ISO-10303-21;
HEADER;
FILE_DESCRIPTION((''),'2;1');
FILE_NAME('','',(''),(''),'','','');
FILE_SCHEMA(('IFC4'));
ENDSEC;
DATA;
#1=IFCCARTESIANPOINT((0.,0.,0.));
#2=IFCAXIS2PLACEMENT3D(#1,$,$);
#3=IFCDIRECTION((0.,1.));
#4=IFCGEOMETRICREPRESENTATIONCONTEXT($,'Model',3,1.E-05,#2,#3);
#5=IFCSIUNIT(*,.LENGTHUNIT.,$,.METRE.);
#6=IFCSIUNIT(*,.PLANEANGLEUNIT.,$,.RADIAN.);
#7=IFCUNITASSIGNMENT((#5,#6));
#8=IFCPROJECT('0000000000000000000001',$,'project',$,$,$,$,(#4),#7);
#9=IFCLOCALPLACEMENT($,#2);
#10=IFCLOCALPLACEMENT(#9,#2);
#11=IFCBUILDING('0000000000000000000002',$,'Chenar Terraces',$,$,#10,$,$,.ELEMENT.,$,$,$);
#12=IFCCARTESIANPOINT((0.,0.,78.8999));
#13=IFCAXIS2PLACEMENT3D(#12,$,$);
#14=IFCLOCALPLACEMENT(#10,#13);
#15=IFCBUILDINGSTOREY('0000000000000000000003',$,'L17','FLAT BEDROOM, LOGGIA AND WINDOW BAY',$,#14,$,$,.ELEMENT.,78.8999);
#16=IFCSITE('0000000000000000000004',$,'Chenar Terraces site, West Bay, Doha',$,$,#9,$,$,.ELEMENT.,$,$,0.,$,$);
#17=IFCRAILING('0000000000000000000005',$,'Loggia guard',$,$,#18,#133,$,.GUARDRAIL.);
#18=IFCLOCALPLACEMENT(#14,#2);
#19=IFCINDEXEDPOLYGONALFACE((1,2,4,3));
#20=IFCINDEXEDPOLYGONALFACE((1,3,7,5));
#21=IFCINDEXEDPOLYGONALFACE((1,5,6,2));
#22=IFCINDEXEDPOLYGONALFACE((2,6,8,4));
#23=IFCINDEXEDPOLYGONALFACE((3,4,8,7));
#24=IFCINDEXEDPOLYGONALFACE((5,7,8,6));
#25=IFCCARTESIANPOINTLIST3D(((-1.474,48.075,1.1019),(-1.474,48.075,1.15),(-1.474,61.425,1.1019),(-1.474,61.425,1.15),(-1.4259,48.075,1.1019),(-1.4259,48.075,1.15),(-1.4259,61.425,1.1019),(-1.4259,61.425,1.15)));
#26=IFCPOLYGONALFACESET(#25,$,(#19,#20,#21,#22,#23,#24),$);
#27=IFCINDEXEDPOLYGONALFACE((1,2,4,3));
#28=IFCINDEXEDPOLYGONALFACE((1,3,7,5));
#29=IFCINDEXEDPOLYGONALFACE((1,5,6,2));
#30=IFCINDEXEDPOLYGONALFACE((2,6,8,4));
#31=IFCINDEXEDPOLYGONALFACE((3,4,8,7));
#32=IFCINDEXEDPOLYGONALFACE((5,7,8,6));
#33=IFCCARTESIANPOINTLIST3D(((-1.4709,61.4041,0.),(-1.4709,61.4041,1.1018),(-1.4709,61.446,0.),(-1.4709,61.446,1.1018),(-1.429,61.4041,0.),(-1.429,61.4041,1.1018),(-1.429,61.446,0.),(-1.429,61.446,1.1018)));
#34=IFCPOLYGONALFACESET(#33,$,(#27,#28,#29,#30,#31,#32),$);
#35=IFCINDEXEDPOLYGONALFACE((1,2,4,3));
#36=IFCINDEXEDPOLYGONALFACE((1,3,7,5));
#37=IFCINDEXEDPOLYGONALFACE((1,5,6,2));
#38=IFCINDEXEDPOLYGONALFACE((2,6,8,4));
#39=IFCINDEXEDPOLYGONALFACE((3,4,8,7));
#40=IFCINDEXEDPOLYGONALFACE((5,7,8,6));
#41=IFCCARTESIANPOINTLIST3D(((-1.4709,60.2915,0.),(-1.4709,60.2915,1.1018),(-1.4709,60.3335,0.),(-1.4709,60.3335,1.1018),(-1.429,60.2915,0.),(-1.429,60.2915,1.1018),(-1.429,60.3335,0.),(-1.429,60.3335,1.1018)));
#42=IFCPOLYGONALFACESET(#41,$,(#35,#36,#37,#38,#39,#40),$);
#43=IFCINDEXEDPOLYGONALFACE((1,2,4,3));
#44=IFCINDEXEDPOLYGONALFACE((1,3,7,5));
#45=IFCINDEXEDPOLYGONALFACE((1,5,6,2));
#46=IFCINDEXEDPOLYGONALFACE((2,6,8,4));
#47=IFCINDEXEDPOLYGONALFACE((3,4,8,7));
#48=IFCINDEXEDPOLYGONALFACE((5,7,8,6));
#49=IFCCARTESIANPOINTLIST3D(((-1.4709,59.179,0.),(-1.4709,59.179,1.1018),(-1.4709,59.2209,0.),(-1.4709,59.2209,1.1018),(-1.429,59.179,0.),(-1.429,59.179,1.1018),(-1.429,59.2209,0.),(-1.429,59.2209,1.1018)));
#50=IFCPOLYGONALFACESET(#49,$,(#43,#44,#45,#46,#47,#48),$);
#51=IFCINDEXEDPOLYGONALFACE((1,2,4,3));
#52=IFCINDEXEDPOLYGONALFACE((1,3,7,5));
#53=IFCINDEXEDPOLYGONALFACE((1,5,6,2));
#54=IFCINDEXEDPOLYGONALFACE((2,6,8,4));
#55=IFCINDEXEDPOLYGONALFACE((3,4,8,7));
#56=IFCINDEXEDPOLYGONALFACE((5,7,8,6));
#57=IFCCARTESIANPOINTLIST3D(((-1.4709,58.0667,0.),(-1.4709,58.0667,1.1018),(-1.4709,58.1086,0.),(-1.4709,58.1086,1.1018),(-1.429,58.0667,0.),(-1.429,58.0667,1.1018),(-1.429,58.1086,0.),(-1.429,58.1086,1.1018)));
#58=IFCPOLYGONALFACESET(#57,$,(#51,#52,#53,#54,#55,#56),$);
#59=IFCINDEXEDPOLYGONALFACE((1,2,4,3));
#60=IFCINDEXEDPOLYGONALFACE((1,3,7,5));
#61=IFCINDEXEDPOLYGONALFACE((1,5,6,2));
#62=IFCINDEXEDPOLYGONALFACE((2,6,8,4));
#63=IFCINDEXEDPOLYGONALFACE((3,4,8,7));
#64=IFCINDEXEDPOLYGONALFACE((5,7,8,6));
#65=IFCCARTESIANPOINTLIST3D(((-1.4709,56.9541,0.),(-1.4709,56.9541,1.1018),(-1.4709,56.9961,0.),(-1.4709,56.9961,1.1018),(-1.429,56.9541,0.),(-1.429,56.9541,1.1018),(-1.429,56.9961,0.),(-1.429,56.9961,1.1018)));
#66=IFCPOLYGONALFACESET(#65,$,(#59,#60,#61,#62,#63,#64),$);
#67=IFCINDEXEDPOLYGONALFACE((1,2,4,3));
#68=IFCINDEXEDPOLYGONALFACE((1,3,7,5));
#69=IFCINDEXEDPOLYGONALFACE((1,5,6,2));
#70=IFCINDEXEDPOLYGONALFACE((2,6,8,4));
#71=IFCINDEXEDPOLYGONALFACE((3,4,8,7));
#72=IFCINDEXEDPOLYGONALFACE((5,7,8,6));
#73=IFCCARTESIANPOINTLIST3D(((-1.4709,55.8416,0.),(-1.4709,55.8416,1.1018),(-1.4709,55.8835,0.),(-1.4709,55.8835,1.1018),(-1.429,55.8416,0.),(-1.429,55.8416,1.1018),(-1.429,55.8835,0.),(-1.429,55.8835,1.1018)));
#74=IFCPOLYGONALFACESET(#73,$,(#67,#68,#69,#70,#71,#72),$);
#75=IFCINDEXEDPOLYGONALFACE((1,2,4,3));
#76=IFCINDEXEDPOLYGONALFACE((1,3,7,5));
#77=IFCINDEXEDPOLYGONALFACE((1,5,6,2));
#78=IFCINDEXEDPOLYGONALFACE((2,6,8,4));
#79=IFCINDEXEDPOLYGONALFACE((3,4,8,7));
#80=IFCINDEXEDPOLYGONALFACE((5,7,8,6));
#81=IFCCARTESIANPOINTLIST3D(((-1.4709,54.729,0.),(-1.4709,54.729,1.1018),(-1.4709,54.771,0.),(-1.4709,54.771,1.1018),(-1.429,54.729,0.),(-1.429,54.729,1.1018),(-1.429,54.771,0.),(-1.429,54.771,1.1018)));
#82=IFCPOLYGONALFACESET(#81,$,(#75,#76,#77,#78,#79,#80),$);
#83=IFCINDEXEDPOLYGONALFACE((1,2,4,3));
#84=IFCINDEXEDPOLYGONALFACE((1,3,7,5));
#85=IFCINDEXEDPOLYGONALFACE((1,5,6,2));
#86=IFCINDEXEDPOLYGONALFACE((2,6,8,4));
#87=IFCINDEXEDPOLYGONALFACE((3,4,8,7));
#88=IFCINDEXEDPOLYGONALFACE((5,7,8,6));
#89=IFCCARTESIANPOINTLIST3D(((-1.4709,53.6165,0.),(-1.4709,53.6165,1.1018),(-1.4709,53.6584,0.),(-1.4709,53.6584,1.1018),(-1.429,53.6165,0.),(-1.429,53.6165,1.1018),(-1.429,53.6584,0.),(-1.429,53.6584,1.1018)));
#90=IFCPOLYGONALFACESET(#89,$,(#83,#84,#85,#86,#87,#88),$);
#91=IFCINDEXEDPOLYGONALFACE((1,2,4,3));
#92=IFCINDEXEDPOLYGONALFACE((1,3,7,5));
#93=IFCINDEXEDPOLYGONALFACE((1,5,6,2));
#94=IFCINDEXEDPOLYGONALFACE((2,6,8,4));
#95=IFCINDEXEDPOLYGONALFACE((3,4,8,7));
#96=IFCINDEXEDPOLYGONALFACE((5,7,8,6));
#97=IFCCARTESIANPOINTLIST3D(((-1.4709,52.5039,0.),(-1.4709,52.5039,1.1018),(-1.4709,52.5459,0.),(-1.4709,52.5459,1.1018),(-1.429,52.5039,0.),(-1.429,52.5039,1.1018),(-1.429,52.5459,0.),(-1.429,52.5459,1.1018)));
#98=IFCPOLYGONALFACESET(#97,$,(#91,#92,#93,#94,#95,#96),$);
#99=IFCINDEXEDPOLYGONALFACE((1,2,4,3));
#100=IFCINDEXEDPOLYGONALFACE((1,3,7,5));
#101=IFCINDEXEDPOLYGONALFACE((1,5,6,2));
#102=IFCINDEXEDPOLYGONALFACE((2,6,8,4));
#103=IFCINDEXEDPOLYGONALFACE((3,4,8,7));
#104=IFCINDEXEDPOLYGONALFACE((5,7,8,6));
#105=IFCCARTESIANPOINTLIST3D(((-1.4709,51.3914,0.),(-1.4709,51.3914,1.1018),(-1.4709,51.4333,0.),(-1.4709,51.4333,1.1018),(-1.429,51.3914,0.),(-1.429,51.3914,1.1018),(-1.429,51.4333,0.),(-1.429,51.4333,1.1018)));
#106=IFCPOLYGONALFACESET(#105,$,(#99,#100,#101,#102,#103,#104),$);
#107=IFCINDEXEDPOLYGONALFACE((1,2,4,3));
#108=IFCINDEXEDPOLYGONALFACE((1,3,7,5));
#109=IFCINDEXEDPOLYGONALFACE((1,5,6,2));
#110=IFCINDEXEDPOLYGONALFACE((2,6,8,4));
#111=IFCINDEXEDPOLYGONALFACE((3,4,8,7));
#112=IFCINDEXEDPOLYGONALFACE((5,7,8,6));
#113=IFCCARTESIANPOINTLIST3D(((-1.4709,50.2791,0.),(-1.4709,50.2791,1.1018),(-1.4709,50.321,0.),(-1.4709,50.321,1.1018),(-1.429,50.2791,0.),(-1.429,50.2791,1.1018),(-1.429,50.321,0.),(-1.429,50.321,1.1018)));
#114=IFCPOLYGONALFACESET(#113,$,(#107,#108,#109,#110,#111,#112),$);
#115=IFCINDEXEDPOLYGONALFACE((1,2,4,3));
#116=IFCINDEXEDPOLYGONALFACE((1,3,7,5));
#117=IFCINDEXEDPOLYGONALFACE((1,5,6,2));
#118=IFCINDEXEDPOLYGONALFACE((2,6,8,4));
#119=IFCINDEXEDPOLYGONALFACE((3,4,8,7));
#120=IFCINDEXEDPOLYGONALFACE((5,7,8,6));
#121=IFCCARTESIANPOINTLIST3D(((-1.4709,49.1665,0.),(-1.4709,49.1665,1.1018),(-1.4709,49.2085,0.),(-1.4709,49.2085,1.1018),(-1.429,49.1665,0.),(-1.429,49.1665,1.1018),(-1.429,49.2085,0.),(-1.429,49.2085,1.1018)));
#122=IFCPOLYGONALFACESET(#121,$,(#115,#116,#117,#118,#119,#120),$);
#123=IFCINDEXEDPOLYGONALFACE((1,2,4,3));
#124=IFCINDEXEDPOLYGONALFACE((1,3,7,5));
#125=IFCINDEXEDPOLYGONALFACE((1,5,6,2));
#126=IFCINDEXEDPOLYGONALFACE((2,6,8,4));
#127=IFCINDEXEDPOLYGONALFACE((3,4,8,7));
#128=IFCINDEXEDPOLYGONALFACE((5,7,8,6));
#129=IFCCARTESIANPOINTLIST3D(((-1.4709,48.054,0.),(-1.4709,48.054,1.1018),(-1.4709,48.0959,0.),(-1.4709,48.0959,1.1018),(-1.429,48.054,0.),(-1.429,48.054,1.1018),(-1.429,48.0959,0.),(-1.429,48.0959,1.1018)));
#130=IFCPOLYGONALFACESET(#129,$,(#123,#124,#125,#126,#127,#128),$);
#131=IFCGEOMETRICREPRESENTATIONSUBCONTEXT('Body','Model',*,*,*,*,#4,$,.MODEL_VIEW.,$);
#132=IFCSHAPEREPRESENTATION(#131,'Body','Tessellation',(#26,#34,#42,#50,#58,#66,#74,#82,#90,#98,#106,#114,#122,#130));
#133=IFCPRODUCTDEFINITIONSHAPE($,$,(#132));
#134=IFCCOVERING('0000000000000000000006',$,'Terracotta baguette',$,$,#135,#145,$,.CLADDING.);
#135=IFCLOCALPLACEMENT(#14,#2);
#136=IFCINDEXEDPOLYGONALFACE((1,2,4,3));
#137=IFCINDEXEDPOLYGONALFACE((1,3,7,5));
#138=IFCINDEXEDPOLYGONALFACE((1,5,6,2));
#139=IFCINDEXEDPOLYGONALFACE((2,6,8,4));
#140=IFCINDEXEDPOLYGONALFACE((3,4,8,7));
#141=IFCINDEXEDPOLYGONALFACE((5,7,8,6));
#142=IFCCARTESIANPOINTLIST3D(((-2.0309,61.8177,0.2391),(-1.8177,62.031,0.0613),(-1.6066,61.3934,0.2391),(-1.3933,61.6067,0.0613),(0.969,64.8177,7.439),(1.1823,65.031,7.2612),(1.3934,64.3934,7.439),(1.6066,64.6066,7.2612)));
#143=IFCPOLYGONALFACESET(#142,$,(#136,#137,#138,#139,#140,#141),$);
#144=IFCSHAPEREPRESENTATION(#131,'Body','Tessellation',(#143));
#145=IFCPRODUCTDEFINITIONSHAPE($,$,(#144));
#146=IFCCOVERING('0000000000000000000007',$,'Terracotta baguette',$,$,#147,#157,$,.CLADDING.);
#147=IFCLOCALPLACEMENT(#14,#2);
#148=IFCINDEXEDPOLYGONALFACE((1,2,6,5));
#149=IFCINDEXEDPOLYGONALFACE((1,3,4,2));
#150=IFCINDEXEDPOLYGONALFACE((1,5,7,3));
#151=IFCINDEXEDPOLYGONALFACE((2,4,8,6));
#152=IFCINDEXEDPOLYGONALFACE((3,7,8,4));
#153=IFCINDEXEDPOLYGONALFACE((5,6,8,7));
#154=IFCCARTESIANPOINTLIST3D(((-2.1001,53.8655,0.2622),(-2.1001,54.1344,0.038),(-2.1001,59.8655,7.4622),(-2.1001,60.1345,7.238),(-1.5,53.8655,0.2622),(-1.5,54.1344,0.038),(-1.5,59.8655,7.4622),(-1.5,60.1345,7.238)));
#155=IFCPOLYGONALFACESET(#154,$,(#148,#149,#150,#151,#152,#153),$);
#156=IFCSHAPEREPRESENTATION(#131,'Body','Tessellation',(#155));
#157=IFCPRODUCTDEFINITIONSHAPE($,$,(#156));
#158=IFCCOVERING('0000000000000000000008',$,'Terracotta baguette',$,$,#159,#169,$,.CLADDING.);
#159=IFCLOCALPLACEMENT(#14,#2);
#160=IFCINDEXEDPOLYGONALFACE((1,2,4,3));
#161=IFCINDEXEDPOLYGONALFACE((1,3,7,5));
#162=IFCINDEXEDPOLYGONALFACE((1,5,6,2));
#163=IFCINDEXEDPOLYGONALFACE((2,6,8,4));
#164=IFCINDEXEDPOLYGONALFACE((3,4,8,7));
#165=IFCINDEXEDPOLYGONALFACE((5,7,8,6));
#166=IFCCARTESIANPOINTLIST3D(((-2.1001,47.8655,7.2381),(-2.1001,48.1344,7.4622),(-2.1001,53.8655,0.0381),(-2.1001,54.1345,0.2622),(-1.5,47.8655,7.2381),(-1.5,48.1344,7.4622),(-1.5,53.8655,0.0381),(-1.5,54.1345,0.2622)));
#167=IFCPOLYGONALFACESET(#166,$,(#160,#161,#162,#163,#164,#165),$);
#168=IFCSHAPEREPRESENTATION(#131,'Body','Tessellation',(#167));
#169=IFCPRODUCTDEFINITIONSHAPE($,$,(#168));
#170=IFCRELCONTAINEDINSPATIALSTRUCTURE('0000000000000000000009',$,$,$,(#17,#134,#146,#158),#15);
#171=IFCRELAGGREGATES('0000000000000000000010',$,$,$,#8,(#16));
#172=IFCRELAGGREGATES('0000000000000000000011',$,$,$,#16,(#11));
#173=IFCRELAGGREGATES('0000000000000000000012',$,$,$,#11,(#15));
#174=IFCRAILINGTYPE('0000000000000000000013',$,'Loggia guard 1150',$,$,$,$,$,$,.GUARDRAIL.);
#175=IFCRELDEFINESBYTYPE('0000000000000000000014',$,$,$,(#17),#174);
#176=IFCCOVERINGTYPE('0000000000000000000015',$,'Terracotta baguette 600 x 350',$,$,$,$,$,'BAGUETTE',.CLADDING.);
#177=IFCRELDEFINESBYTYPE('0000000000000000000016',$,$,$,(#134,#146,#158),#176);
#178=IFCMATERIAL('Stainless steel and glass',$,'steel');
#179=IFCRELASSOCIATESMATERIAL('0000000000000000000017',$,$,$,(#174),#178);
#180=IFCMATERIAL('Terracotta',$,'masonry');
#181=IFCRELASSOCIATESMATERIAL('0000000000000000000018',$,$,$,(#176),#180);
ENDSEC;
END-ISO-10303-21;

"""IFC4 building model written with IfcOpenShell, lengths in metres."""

from ifc_helpers import new_model, si_unit, direction, frame, origin, origin_2d, place, context, subcontext, project, spatial, rectangle, extrude, material, material_profile, profile_set, type_object, element, save


model = new_model("IFC4")

# Units and contexts
model_context = context("Model", 3, precision=1e-05, world=origin(), true_north=direction((0.0, 1.0)))
body_context = subcontext(model_context, "Body", "Model", "MODEL_VIEW")
ifc_project = project(units=[si_unit("LENGTHUNIT", "METRE"), si_unit("PLANEANGLEUNIT", "RADIAN")], contexts=[model_context])

# Site, building, storey
site_placement = place(None, origin())
site = spatial("IfcSite", under=ifc_project, at=site_placement, Name="Chenar Terraces site, West Bay, Doha", CompositionType="ELEMENT", RefElevation=0.0)
building_placement = place(site_placement, origin())
building = spatial("IfcBuilding", under=site, at=building_placement, Name="Chenar Terraces", CompositionType="ELEMENT")
storey_placement = place(building_placement, frame((0.0, 0.0, 78.8999)))
storey = spatial("IfcBuildingStorey", under=building, at=storey_placement, Name="L17", Description="FLAT BEDROOM, LOGGIA AND WINDOW BAY", CompositionType="ELEMENT", Elevation=78.8999)

# Railing
ifc_material_1 = material(Name="Stainless steel and glass", Category="steel")
railing_type = type_object("IfcRailingType", Name="Loggia guard 1150", PredefinedType="GUARDRAIL", material=ifc_material_1)
railing_1_placement = place(storey_placement, frame((-1.45, 61.425, 0.0)))
element("IfcRailing", 1, at=railing_1_placement, inside=storey, type_object=railing_type, Name="Loggia guard", PredefinedType="GUARDRAIL", context=body_context, shape_type="SweptSolid", body=[
    extrude(rectangle(XDim=0.0481, YDim=0.0481, at=origin_2d()), frame((0.0, 0.0, 1.126), z_axis=(0.0, -1.0, 0.0), x_axis=(1.0, 0.0, 0.0)), (0.0, 0.0, 1.0), 13.3501),
    extrude(rectangle(XDim=0.042, YDim=0.042, at=origin_2d()), origin(), (0.0, 0.0, 1.0), 1.1018),
    extrude(rectangle(XDim=0.042, YDim=0.042, at=origin_2d()), frame((0.0, -1.1125, 0.0)), (0.0, 0.0, 1.0), 1.1018),
    extrude(rectangle(XDim=0.042, YDim=0.042, at=origin_2d()), frame((0.0, -2.2251, 0.0)), (0.0, 0.0, 1.0), 1.1018),
    extrude(rectangle(XDim=0.042, YDim=0.042, at=origin_2d()), frame((0.0, -3.3374, 0.0)), (0.0, 0.0, 1.0), 1.1018),
    extrude(rectangle(XDim=0.042, YDim=0.042, at=origin_2d()), frame((0.0, -4.45, 0.0)), (0.0, 0.0, 1.0), 1.1018),
    extrude(rectangle(XDim=0.042, YDim=0.042, at=origin_2d()), frame((0.0, -5.5625, 0.0)), (0.0, 0.0, 1.0), 1.1018),
    extrude(rectangle(XDim=0.042, YDim=0.042, at=origin_2d()), frame((0.0, -6.675, 0.0)), (0.0, 0.0, 1.0), 1.1018),
    extrude(rectangle(XDim=0.042, YDim=0.042, at=origin_2d()), frame((0.0, -7.7876, 0.0)), (0.0, 0.0, 1.0), 1.1018),
    extrude(rectangle(XDim=0.042, YDim=0.042, at=origin_2d()), frame((0.0, -8.9001, 0.0)), (0.0, 0.0, 1.0), 1.1018),
    extrude(rectangle(XDim=0.042, YDim=0.042, at=origin_2d()), frame((0.0, -10.0127, 0.0)), (0.0, 0.0, 1.0), 1.1018),
    extrude(rectangle(XDim=0.042, YDim=0.042, at=origin_2d()), frame((0.0, -11.125, 0.0)), (0.0, 0.0, 1.0), 1.1018),
    extrude(rectangle(XDim=0.042, YDim=0.042, at=origin_2d()), frame((0.0, -12.2375, 0.0)), (0.0, 0.0, 1.0), 1.1018),
    extrude(rectangle(XDim=0.042, YDim=0.042, at=origin_2d()), frame((0.0, -13.3501, 0.0)), (0.0, 0.0, 1.0), 1.1018),
])

# Coverings
ifc_material_2 = material(Name="Terracotta", Category="masonry")
ifc_material_profile_1 = material_profile(ifc_material_2, rectangle(XDim=0.6001, YDim=0.3501, at=origin_2d()), Name="Terracotta baguette 600 x 350")
ifc_profile_set_1 = profile_set([ifc_material_profile_1], Name="Terracotta")
covering_type = type_object("IfcCoveringType", Name="Terracotta baguette 600 x 350", ElementType="BAGUETTE", PredefinedType="CLADDING", material=ifc_profile_set_1)
covering_placement = place(storey_placement, frame((1.2878, 64.7122, 7.3501), z_axis=(-0.358981, -0.358981, -0.861548), x_axis=(0.707107, -0.707107, 0.0)))
element("IfcCovering", 2, at=covering_placement, inside=storey, type_object=covering_type, Name="Terracotta baguette", PredefinedType="CLADDING", context=body_context, shape_type="SweptSolid", body=[
    extrude(rectangle(XDim=0.6001, YDim=0.3501, at=origin_2d()), origin(), (0.0, 0.0, 1.0), 8.3569),
])
for number, where, z_axis, x_axis, name in (
    (3, (-1.8, 60.0, 7.3501), (0.0, -0.640187, -0.768219), (1.0, 0.0, 0.0), "Terracotta baguette"),
    (4, (-1.8, 54.0, 0.1501), (0.0, -0.640187, 0.768219), (1.0, 0.0, 0.0), "Terracotta baguette"),
):
    element("IfcCovering", number, at=place(storey_placement, frame(where, z_axis=z_axis, x_axis=x_axis)), inside=storey, type_object=covering_type, Name=name, PredefinedType="CLADDING", context=body_context, shape_type="SweptSolid", body=[
        extrude(rectangle(XDim=0.6001, YDim=0.3501, at=origin_2d()), origin(), (0.0, 0.0, 1.0), 9.3723),
    ])

save(model, "model.ifc")
